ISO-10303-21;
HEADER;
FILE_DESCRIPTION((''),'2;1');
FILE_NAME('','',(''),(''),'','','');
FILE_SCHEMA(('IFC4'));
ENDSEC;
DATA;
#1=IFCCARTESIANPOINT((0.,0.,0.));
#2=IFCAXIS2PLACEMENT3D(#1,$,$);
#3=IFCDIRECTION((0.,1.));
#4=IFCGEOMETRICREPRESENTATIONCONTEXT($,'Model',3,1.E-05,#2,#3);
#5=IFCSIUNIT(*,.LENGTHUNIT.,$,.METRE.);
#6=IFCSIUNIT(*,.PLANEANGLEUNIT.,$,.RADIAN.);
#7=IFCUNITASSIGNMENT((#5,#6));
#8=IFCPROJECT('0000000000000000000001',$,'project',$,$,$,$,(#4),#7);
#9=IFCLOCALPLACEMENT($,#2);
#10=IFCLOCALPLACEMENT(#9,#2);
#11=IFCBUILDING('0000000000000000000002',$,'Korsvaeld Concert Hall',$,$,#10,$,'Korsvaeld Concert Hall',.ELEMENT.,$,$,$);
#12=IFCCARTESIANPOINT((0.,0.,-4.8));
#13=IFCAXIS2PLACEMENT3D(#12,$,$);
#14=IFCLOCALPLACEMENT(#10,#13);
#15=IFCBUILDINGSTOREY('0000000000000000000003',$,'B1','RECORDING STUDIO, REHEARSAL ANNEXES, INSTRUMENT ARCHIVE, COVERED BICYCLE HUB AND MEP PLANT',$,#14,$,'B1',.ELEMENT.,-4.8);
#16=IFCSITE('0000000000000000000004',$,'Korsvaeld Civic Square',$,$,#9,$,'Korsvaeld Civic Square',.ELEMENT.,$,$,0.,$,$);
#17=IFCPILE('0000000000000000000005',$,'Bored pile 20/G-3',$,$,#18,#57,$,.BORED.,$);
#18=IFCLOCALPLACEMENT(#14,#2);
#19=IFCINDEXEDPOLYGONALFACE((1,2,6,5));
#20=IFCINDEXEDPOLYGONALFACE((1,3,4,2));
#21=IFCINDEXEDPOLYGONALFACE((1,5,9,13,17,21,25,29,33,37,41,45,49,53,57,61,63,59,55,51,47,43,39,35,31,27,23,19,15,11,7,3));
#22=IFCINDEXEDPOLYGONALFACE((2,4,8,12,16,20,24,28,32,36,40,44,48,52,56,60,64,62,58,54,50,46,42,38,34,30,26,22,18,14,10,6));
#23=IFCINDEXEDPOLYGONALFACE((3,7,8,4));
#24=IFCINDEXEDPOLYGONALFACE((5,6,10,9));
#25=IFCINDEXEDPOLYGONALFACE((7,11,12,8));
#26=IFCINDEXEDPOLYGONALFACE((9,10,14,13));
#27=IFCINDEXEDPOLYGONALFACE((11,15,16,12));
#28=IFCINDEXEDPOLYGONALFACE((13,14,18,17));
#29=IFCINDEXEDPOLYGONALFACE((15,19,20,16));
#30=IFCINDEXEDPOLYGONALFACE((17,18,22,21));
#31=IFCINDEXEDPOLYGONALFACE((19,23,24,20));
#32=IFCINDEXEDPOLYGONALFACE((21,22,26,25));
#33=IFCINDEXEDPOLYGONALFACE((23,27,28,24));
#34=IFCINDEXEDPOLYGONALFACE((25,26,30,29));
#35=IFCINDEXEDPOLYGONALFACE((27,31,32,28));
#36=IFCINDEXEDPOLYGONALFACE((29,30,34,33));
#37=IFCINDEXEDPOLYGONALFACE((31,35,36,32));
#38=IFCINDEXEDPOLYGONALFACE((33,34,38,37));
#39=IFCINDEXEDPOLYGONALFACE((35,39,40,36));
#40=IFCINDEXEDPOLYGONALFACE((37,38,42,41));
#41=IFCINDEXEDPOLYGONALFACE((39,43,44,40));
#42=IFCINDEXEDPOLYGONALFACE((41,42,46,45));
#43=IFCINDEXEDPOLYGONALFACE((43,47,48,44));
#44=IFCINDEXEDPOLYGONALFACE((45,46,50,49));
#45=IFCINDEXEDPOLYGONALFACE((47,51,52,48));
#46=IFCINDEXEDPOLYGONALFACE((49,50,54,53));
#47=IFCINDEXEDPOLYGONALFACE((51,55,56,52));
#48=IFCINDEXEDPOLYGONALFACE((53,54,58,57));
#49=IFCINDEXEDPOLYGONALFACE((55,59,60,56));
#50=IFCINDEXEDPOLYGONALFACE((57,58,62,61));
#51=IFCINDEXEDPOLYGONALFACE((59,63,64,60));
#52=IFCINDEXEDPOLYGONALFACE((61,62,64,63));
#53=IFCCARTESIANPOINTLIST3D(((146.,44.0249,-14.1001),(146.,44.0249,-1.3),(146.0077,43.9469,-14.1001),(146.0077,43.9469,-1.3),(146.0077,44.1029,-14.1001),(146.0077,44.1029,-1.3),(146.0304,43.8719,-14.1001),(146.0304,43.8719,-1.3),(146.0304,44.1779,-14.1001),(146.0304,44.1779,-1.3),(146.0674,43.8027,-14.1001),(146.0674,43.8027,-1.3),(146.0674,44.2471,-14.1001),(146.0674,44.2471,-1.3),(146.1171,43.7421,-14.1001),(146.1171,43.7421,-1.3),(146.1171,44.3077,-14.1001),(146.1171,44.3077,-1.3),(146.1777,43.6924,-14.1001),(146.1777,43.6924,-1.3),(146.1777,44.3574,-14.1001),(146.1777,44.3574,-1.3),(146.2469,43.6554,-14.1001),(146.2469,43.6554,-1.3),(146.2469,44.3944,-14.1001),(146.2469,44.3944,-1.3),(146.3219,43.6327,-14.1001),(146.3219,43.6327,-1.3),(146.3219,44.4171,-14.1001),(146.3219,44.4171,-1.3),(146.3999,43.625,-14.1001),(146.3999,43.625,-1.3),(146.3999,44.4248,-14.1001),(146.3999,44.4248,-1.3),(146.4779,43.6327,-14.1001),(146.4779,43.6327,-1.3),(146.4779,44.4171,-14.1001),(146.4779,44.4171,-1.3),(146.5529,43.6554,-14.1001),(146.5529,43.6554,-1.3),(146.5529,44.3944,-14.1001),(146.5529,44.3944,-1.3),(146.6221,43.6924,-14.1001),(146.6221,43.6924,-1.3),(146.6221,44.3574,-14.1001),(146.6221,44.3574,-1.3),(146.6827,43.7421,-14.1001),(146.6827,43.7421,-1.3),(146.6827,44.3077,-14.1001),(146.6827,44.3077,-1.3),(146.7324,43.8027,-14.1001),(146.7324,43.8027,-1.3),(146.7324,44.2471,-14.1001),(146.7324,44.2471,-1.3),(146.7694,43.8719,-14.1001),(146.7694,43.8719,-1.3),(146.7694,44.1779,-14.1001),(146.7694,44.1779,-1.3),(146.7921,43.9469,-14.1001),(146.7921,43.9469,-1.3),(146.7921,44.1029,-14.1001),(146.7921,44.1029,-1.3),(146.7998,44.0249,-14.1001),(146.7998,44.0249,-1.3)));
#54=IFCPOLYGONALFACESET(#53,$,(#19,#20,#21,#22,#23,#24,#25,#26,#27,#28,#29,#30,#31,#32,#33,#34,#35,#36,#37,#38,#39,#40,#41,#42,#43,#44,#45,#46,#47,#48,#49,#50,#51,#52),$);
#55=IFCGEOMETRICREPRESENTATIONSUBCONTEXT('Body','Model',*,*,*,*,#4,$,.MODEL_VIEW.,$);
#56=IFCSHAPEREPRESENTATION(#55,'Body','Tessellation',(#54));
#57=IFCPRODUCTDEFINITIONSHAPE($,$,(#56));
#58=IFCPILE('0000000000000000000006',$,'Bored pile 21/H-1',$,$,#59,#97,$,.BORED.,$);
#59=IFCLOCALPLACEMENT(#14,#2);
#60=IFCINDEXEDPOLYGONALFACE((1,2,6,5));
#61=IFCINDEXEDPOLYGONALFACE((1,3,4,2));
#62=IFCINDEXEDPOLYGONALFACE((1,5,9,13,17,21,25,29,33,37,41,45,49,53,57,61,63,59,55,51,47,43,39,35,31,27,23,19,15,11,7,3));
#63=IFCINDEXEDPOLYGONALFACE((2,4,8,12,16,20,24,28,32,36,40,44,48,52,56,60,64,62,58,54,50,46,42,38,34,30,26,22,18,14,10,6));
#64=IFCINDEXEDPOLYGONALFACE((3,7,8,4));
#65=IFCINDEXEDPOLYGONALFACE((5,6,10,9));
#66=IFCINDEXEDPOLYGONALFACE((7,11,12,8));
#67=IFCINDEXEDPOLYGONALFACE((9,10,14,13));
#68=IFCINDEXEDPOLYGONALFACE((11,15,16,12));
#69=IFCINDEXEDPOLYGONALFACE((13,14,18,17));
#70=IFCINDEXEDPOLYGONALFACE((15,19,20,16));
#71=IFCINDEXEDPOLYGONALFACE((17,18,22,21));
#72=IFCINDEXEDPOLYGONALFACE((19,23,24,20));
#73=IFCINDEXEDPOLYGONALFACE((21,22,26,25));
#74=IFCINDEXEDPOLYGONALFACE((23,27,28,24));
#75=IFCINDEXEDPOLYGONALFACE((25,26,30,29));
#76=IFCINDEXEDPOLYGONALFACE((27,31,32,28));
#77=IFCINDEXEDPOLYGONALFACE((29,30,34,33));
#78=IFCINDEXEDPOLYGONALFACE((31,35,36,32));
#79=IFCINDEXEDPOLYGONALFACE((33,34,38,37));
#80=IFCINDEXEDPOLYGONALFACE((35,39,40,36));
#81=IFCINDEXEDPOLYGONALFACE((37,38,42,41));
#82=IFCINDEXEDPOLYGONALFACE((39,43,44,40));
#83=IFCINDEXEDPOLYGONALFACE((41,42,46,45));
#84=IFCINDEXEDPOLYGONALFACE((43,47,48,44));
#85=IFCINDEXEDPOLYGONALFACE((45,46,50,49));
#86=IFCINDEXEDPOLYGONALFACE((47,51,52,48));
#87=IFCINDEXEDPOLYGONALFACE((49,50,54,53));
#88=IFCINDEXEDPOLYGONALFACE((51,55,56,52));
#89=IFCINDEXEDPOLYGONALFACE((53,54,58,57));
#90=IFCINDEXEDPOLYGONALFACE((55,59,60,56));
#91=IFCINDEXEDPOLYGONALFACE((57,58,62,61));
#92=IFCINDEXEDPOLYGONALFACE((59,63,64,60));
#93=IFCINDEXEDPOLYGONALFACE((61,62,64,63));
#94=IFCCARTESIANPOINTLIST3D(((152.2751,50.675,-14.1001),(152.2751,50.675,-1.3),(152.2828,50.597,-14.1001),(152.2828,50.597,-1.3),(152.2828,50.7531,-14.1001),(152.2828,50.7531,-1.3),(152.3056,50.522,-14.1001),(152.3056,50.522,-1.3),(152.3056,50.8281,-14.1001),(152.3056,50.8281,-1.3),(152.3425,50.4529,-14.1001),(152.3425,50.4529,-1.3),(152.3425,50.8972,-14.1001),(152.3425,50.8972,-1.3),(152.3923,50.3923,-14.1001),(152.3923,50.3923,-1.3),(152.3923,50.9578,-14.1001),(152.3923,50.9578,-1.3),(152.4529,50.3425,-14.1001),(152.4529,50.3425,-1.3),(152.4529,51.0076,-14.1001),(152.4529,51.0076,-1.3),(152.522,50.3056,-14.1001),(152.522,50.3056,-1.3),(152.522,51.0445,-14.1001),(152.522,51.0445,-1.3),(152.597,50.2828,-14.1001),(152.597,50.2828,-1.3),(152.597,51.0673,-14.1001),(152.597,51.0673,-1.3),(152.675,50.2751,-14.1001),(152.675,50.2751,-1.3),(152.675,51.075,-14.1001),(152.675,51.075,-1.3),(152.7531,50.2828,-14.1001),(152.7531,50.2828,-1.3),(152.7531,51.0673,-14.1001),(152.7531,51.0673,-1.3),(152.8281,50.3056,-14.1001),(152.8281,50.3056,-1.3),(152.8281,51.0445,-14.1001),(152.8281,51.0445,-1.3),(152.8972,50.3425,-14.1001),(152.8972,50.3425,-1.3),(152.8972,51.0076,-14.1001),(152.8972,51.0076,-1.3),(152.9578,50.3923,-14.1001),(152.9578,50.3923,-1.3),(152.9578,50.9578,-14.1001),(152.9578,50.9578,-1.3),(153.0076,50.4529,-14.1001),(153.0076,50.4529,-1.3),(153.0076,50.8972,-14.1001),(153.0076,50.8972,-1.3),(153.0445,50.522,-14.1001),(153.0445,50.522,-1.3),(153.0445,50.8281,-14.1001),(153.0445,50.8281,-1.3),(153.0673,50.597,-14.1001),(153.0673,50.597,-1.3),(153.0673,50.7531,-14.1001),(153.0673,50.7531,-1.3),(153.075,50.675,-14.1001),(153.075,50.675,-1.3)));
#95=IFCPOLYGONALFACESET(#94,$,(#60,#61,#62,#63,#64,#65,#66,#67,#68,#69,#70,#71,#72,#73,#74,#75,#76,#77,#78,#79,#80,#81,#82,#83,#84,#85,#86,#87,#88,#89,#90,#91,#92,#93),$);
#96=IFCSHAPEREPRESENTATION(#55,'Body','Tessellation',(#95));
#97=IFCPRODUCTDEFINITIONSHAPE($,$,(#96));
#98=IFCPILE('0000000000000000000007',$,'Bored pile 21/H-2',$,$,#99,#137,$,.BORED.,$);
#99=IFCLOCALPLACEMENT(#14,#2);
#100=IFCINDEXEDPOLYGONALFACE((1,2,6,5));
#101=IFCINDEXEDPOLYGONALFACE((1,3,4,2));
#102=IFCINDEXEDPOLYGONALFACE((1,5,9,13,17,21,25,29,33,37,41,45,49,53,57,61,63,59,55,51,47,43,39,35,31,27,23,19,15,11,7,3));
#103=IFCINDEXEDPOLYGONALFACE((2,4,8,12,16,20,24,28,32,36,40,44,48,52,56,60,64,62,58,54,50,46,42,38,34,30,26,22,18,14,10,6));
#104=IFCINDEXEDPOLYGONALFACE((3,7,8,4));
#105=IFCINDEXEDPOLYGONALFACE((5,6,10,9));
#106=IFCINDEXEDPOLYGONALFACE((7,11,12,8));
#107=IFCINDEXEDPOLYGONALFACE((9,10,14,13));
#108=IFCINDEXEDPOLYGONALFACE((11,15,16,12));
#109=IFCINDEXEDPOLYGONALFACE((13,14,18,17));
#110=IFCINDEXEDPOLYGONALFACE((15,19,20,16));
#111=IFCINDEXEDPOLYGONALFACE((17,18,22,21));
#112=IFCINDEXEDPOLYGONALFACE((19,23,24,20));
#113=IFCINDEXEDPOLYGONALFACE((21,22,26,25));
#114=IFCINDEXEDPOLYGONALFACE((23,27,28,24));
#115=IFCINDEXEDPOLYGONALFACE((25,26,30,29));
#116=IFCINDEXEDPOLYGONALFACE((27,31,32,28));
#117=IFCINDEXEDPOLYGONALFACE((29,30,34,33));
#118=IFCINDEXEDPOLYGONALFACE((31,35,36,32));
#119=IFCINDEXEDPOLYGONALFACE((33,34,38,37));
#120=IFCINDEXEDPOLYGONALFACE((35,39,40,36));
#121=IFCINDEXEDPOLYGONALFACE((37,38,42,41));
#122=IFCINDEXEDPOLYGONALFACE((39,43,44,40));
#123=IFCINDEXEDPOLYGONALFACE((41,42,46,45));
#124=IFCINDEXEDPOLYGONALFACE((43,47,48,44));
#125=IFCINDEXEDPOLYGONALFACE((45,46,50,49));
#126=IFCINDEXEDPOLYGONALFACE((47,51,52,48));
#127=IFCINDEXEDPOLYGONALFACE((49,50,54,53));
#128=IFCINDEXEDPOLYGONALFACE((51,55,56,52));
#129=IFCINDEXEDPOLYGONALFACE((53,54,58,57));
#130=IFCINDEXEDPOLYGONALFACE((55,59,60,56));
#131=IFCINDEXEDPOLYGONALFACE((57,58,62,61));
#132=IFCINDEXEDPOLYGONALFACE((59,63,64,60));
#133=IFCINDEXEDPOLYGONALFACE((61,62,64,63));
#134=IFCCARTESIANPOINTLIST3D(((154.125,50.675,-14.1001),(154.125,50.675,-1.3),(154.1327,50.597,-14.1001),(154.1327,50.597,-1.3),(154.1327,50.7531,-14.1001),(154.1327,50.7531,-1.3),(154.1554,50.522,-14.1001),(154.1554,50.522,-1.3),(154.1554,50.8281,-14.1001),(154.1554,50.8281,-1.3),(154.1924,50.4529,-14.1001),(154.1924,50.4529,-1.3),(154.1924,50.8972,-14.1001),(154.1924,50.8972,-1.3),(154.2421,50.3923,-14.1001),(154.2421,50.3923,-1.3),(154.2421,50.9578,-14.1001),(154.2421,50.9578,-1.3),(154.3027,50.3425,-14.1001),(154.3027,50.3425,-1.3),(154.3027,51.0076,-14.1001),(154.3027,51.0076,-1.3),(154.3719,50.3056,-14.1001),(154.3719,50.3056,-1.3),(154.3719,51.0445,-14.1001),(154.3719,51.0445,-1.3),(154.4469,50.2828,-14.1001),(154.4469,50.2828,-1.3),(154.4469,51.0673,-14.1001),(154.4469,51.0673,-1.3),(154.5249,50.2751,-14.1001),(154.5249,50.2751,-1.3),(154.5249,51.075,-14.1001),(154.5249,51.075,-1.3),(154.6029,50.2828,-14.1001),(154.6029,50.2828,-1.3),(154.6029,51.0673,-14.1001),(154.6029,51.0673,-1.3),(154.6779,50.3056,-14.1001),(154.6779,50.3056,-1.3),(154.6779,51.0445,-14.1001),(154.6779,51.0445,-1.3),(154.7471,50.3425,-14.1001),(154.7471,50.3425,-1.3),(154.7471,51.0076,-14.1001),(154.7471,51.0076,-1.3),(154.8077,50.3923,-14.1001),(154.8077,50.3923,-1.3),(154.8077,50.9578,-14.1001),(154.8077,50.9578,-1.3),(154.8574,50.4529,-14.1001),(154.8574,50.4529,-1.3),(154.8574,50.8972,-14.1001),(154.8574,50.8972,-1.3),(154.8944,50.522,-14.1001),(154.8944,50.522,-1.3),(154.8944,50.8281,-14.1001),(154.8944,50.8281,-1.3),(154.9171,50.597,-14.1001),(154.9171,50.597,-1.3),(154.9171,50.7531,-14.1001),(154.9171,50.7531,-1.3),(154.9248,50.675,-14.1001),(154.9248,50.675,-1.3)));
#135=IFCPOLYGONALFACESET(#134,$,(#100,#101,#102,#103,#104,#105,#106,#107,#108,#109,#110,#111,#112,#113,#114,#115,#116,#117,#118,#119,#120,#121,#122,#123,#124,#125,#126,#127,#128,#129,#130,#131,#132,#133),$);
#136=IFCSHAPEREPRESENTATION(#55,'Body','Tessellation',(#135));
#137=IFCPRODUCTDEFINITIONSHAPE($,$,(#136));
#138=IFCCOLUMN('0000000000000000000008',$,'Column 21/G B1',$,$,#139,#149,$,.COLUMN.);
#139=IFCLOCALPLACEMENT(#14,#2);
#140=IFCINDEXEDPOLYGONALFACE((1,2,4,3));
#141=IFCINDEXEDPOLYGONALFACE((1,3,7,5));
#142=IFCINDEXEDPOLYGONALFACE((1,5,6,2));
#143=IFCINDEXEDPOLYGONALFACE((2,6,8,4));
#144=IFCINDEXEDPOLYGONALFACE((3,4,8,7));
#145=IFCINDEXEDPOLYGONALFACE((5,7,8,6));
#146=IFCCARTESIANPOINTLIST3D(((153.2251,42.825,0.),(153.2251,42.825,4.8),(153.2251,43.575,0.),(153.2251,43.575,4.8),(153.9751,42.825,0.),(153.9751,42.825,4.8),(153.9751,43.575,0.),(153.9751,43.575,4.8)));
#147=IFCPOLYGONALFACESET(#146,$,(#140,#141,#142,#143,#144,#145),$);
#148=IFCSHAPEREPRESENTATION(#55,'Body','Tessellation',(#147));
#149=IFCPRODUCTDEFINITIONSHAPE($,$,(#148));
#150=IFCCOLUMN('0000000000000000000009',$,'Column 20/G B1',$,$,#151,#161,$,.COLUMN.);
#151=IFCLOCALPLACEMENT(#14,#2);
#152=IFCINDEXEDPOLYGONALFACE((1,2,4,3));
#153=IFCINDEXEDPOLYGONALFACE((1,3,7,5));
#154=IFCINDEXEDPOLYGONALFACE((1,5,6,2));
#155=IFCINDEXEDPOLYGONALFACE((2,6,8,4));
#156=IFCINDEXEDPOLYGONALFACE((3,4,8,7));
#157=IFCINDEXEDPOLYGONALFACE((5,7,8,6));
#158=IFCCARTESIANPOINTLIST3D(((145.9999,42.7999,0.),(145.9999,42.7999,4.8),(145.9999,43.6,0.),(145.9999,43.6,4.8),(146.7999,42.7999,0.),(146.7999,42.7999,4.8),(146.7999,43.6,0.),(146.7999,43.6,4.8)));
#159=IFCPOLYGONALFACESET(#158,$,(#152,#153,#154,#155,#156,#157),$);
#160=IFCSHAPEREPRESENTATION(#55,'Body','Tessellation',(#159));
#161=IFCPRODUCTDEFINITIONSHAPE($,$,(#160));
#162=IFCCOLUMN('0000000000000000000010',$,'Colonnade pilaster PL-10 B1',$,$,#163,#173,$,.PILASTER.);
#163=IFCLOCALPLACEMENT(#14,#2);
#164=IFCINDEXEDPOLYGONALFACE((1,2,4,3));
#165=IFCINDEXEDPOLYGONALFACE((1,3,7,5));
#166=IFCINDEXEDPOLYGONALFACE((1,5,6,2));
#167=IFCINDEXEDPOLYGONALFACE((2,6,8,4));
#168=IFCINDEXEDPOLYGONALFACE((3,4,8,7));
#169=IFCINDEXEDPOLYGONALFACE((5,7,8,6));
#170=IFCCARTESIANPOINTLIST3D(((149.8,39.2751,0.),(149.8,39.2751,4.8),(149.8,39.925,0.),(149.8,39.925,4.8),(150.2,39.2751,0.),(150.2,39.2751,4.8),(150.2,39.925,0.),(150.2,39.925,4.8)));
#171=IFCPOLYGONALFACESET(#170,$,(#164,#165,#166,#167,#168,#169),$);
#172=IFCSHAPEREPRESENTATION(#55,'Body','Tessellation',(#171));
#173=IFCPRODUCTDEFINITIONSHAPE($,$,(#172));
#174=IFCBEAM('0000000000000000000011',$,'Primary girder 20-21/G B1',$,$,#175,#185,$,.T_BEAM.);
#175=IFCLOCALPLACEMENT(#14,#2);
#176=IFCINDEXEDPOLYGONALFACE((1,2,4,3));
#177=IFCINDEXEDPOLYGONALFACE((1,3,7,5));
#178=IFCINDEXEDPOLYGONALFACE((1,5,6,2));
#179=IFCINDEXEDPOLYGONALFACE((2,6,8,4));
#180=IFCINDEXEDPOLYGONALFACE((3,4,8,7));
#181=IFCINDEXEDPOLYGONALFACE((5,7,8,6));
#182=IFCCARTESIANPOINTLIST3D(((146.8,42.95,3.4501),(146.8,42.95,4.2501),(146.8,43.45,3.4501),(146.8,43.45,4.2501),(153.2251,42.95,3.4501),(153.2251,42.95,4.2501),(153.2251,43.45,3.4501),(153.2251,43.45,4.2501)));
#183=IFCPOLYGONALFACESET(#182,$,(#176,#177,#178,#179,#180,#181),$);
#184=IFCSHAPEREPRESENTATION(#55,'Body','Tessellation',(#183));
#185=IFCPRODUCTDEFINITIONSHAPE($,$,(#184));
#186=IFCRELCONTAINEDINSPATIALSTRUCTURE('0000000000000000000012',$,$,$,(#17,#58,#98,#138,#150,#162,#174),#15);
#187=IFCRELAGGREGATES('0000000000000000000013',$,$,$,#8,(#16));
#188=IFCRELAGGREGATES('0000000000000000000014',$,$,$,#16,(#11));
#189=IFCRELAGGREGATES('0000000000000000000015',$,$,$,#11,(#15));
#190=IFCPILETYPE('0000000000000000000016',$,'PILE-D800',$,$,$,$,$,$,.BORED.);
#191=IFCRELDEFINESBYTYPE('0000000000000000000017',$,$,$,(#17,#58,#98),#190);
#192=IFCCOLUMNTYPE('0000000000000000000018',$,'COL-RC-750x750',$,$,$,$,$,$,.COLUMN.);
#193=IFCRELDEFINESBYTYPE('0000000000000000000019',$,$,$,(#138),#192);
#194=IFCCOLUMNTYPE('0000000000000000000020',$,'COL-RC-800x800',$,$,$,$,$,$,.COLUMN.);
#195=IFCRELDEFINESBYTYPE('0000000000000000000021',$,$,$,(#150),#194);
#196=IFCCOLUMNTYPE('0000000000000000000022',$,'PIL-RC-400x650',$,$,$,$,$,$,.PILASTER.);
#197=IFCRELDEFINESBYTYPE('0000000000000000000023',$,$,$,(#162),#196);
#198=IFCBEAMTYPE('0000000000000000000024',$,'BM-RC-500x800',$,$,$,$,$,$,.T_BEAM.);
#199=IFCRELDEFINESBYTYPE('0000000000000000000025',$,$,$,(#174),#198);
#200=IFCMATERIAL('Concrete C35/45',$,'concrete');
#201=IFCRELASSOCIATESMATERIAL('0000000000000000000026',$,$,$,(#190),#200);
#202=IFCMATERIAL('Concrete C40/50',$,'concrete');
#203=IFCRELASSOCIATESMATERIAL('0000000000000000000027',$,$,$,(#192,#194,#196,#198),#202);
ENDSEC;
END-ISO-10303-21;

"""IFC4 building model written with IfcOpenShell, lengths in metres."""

from ifc_helpers import new_model, si_unit, direction, frame, origin, origin_2d, place, context, subcontext, project, spatial, rectangle, circle, extrude, material, material_profile, profile_set, type_object, element, save


model = new_model("IFC4")

# Units and contexts
model_context = context("Model", 3, precision=1e-05, world=origin(), true_north=direction((0.0, 1.0)))
body_context = subcontext(model_context, "Body", "Model", "MODEL_VIEW")
ifc_project = project(units=[si_unit("LENGTHUNIT", "METRE"), si_unit("PLANEANGLEUNIT", "RADIAN")], contexts=[model_context])

# Site, building, storey
site_placement = place(None, origin())
site = spatial("IfcSite", under=ifc_project, at=site_placement, Name="Korsvaeld Civic Square", LongName="Korsvaeld Civic Square", CompositionType="ELEMENT", RefElevation=0.0)
building_placement = place(site_placement, origin())
building = spatial("IfcBuilding", under=site, at=building_placement, Name="Korsvaeld Concert Hall", LongName="Korsvaeld Concert Hall", CompositionType="ELEMENT")
storey_placement = place(building_placement, frame((0.0, 0.0, -4.8)))
storey = spatial("IfcBuildingStorey", under=building, at=storey_placement, Name="B1", Description="RECORDING STUDIO, REHEARSAL ANNEXES, INSTRUMENT ARCHIVE, COVERED BICYCLE HUB AND MEP PLANT", LongName="B1", CompositionType="ELEMENT", Elevation=-4.8)

# Shared definitions
ifc_material_1 = material(Name="Concrete C35/45", Category="concrete")

# Piles
ifc_material_profile_1 = material_profile(ifc_material_1, circle(Radius=0.3999, at=origin_2d()), Name="BORED PILE D800")
ifc_profile_set_1 = profile_set([ifc_material_profile_1], Name="Concrete C35/45")
pile_type_1 = type_object("IfcPileType", Name="PILE-D800", PredefinedType="BORED", material=ifc_profile_set_1)
for number, where, z_axis, x_axis, name in (
    (1, (146.3999, 44.0249, -1.3), (0.0, 0.0, -1.0), (1.0, 0.0, 0.0), "Bored pile 20/G-3"),
    (2, (152.675, 50.675, -1.3), (0.0, 0.0, -1.0), (1.0, 0.0, 0.0), "Bored pile 21/H-1"),
    (3, (154.5249, 50.675, -1.3), (0.0, 0.0, -1.0), (1.0, 0.0, 0.0), "Bored pile 21/H-2"),
):
    element("IfcPile", number, at=place(storey_placement, frame(where, z_axis=z_axis, x_axis=x_axis)), inside=storey, type_object=pile_type_1, Name=name, PredefinedType="BORED", context=body_context, shape_type="SweptSolid", body=[
        extrude(circle(Radius=0.3999, at=origin_2d()), origin(), (0.0, 0.0, 1.0), 12.8),
    ])

# Columns
ifc_material_2 = material(Name="Concrete C40/50", Category="concrete")
ifc_material_profile_2 = material_profile(ifc_material_2, rectangle(XDim=0.75, YDim=0.75, at=origin_2d()), Name="RC 750x750")
ifc_profile_set_2 = profile_set([ifc_material_profile_2], Name="Concrete C40/50")
column_type_1 = type_object("IfcColumnType", Name="COL-RC-750x750", PredefinedType="COLUMN", material=ifc_profile_set_2)
column_1_placement = place(storey_placement, frame((153.6001, 43.2, 0.0), z_axis=(0.0, 0.0, 1.0), x_axis=(1.0, 0.0, 0.0)))
element("IfcColumn", 4, at=column_1_placement, inside=storey, type_object=column_type_1, Name="Column 21/G B1", PredefinedType="COLUMN", context=body_context, shape_type="SweptSolid", body=[
    extrude(rectangle(XDim=0.75, YDim=0.75, at=origin_2d()), origin(), (0.0, 0.0, 1.0), 4.8),
])
ifc_material_profile_3 = material_profile(ifc_material_2, rectangle(XDim=0.8, YDim=0.8, at=origin_2d()), Name="RC 800x800")
ifc_profile_set_3 = profile_set([ifc_material_profile_3], Name="Concrete C40/50")
column_type_2 = type_object("IfcColumnType", Name="COL-RC-800x800", PredefinedType="COLUMN", material=ifc_profile_set_3)
column_2_placement = place(storey_placement, frame((146.3999, 43.2, 0.0), z_axis=(0.0, 0.0, 1.0), x_axis=(1.0, 0.0, 0.0)))
element("IfcColumn", 5, at=column_2_placement, inside=storey, type_object=column_type_2, Name="Column 20/G B1", PredefinedType="COLUMN", context=body_context, shape_type="SweptSolid", body=[
    extrude(rectangle(XDim=0.8, YDim=0.8, at=origin_2d()), origin(), (0.0, 0.0, 1.0), 4.8),
])
ifc_material_profile_4 = material_profile(ifc_material_2, rectangle(XDim=0.3999, YDim=0.6499, at=origin_2d()), Name="RC 400x650")
ifc_profile_set_4 = profile_set([ifc_material_profile_4], Name="Concrete C40/50")
column_type_3 = type_object("IfcColumnType", Name="PIL-RC-400x650", PredefinedType="PILASTER", material=ifc_profile_set_4)
column_3_placement = place(storey_placement, frame((150.0, 39.6001, 0.0), z_axis=(0.0, 0.0, 1.0), x_axis=(1.0, 0.0, 0.0)))
element("IfcColumn", 6, at=column_3_placement, inside=storey, type_object=column_type_3, Name="Colonnade pilaster PL-10 B1", PredefinedType="PILASTER", context=body_context, shape_type="SweptSolid", body=[
    extrude(rectangle(XDim=0.3999, YDim=0.6499, at=origin_2d()), origin(), (0.0, 0.0, 1.0), 4.8),
])

# Beam
ifc_material_profile_5 = material_profile(ifc_material_2, rectangle(XDim=0.5, YDim=0.8, at=origin_2d()), Name="RC 500x800")
ifc_profile_set_5 = profile_set([ifc_material_profile_5], Name="Concrete C40/50")
beam_type_1 = type_object("IfcBeamType", Name="BM-RC-500x800", PredefinedType="T_BEAM", material=ifc_profile_set_5)
beam_1_placement = place(storey_placement, frame((146.8, 43.2, 3.8501), z_axis=(1.0, 0.0, 0.0), x_axis=(0.0, 1.0, 0.0)))
element("IfcBeam", 7, at=beam_1_placement, inside=storey, type_object=beam_type_1, Name="Primary girder 20-21/G B1", PredefinedType="T_BEAM", context=body_context, shape_type="SweptSolid", body=[
    extrude(rectangle(XDim=0.5, YDim=0.8, at=origin_2d()), origin(), (0.0, 0.0, 1.0), 6.425),
])

save(model, "model.ifc")
